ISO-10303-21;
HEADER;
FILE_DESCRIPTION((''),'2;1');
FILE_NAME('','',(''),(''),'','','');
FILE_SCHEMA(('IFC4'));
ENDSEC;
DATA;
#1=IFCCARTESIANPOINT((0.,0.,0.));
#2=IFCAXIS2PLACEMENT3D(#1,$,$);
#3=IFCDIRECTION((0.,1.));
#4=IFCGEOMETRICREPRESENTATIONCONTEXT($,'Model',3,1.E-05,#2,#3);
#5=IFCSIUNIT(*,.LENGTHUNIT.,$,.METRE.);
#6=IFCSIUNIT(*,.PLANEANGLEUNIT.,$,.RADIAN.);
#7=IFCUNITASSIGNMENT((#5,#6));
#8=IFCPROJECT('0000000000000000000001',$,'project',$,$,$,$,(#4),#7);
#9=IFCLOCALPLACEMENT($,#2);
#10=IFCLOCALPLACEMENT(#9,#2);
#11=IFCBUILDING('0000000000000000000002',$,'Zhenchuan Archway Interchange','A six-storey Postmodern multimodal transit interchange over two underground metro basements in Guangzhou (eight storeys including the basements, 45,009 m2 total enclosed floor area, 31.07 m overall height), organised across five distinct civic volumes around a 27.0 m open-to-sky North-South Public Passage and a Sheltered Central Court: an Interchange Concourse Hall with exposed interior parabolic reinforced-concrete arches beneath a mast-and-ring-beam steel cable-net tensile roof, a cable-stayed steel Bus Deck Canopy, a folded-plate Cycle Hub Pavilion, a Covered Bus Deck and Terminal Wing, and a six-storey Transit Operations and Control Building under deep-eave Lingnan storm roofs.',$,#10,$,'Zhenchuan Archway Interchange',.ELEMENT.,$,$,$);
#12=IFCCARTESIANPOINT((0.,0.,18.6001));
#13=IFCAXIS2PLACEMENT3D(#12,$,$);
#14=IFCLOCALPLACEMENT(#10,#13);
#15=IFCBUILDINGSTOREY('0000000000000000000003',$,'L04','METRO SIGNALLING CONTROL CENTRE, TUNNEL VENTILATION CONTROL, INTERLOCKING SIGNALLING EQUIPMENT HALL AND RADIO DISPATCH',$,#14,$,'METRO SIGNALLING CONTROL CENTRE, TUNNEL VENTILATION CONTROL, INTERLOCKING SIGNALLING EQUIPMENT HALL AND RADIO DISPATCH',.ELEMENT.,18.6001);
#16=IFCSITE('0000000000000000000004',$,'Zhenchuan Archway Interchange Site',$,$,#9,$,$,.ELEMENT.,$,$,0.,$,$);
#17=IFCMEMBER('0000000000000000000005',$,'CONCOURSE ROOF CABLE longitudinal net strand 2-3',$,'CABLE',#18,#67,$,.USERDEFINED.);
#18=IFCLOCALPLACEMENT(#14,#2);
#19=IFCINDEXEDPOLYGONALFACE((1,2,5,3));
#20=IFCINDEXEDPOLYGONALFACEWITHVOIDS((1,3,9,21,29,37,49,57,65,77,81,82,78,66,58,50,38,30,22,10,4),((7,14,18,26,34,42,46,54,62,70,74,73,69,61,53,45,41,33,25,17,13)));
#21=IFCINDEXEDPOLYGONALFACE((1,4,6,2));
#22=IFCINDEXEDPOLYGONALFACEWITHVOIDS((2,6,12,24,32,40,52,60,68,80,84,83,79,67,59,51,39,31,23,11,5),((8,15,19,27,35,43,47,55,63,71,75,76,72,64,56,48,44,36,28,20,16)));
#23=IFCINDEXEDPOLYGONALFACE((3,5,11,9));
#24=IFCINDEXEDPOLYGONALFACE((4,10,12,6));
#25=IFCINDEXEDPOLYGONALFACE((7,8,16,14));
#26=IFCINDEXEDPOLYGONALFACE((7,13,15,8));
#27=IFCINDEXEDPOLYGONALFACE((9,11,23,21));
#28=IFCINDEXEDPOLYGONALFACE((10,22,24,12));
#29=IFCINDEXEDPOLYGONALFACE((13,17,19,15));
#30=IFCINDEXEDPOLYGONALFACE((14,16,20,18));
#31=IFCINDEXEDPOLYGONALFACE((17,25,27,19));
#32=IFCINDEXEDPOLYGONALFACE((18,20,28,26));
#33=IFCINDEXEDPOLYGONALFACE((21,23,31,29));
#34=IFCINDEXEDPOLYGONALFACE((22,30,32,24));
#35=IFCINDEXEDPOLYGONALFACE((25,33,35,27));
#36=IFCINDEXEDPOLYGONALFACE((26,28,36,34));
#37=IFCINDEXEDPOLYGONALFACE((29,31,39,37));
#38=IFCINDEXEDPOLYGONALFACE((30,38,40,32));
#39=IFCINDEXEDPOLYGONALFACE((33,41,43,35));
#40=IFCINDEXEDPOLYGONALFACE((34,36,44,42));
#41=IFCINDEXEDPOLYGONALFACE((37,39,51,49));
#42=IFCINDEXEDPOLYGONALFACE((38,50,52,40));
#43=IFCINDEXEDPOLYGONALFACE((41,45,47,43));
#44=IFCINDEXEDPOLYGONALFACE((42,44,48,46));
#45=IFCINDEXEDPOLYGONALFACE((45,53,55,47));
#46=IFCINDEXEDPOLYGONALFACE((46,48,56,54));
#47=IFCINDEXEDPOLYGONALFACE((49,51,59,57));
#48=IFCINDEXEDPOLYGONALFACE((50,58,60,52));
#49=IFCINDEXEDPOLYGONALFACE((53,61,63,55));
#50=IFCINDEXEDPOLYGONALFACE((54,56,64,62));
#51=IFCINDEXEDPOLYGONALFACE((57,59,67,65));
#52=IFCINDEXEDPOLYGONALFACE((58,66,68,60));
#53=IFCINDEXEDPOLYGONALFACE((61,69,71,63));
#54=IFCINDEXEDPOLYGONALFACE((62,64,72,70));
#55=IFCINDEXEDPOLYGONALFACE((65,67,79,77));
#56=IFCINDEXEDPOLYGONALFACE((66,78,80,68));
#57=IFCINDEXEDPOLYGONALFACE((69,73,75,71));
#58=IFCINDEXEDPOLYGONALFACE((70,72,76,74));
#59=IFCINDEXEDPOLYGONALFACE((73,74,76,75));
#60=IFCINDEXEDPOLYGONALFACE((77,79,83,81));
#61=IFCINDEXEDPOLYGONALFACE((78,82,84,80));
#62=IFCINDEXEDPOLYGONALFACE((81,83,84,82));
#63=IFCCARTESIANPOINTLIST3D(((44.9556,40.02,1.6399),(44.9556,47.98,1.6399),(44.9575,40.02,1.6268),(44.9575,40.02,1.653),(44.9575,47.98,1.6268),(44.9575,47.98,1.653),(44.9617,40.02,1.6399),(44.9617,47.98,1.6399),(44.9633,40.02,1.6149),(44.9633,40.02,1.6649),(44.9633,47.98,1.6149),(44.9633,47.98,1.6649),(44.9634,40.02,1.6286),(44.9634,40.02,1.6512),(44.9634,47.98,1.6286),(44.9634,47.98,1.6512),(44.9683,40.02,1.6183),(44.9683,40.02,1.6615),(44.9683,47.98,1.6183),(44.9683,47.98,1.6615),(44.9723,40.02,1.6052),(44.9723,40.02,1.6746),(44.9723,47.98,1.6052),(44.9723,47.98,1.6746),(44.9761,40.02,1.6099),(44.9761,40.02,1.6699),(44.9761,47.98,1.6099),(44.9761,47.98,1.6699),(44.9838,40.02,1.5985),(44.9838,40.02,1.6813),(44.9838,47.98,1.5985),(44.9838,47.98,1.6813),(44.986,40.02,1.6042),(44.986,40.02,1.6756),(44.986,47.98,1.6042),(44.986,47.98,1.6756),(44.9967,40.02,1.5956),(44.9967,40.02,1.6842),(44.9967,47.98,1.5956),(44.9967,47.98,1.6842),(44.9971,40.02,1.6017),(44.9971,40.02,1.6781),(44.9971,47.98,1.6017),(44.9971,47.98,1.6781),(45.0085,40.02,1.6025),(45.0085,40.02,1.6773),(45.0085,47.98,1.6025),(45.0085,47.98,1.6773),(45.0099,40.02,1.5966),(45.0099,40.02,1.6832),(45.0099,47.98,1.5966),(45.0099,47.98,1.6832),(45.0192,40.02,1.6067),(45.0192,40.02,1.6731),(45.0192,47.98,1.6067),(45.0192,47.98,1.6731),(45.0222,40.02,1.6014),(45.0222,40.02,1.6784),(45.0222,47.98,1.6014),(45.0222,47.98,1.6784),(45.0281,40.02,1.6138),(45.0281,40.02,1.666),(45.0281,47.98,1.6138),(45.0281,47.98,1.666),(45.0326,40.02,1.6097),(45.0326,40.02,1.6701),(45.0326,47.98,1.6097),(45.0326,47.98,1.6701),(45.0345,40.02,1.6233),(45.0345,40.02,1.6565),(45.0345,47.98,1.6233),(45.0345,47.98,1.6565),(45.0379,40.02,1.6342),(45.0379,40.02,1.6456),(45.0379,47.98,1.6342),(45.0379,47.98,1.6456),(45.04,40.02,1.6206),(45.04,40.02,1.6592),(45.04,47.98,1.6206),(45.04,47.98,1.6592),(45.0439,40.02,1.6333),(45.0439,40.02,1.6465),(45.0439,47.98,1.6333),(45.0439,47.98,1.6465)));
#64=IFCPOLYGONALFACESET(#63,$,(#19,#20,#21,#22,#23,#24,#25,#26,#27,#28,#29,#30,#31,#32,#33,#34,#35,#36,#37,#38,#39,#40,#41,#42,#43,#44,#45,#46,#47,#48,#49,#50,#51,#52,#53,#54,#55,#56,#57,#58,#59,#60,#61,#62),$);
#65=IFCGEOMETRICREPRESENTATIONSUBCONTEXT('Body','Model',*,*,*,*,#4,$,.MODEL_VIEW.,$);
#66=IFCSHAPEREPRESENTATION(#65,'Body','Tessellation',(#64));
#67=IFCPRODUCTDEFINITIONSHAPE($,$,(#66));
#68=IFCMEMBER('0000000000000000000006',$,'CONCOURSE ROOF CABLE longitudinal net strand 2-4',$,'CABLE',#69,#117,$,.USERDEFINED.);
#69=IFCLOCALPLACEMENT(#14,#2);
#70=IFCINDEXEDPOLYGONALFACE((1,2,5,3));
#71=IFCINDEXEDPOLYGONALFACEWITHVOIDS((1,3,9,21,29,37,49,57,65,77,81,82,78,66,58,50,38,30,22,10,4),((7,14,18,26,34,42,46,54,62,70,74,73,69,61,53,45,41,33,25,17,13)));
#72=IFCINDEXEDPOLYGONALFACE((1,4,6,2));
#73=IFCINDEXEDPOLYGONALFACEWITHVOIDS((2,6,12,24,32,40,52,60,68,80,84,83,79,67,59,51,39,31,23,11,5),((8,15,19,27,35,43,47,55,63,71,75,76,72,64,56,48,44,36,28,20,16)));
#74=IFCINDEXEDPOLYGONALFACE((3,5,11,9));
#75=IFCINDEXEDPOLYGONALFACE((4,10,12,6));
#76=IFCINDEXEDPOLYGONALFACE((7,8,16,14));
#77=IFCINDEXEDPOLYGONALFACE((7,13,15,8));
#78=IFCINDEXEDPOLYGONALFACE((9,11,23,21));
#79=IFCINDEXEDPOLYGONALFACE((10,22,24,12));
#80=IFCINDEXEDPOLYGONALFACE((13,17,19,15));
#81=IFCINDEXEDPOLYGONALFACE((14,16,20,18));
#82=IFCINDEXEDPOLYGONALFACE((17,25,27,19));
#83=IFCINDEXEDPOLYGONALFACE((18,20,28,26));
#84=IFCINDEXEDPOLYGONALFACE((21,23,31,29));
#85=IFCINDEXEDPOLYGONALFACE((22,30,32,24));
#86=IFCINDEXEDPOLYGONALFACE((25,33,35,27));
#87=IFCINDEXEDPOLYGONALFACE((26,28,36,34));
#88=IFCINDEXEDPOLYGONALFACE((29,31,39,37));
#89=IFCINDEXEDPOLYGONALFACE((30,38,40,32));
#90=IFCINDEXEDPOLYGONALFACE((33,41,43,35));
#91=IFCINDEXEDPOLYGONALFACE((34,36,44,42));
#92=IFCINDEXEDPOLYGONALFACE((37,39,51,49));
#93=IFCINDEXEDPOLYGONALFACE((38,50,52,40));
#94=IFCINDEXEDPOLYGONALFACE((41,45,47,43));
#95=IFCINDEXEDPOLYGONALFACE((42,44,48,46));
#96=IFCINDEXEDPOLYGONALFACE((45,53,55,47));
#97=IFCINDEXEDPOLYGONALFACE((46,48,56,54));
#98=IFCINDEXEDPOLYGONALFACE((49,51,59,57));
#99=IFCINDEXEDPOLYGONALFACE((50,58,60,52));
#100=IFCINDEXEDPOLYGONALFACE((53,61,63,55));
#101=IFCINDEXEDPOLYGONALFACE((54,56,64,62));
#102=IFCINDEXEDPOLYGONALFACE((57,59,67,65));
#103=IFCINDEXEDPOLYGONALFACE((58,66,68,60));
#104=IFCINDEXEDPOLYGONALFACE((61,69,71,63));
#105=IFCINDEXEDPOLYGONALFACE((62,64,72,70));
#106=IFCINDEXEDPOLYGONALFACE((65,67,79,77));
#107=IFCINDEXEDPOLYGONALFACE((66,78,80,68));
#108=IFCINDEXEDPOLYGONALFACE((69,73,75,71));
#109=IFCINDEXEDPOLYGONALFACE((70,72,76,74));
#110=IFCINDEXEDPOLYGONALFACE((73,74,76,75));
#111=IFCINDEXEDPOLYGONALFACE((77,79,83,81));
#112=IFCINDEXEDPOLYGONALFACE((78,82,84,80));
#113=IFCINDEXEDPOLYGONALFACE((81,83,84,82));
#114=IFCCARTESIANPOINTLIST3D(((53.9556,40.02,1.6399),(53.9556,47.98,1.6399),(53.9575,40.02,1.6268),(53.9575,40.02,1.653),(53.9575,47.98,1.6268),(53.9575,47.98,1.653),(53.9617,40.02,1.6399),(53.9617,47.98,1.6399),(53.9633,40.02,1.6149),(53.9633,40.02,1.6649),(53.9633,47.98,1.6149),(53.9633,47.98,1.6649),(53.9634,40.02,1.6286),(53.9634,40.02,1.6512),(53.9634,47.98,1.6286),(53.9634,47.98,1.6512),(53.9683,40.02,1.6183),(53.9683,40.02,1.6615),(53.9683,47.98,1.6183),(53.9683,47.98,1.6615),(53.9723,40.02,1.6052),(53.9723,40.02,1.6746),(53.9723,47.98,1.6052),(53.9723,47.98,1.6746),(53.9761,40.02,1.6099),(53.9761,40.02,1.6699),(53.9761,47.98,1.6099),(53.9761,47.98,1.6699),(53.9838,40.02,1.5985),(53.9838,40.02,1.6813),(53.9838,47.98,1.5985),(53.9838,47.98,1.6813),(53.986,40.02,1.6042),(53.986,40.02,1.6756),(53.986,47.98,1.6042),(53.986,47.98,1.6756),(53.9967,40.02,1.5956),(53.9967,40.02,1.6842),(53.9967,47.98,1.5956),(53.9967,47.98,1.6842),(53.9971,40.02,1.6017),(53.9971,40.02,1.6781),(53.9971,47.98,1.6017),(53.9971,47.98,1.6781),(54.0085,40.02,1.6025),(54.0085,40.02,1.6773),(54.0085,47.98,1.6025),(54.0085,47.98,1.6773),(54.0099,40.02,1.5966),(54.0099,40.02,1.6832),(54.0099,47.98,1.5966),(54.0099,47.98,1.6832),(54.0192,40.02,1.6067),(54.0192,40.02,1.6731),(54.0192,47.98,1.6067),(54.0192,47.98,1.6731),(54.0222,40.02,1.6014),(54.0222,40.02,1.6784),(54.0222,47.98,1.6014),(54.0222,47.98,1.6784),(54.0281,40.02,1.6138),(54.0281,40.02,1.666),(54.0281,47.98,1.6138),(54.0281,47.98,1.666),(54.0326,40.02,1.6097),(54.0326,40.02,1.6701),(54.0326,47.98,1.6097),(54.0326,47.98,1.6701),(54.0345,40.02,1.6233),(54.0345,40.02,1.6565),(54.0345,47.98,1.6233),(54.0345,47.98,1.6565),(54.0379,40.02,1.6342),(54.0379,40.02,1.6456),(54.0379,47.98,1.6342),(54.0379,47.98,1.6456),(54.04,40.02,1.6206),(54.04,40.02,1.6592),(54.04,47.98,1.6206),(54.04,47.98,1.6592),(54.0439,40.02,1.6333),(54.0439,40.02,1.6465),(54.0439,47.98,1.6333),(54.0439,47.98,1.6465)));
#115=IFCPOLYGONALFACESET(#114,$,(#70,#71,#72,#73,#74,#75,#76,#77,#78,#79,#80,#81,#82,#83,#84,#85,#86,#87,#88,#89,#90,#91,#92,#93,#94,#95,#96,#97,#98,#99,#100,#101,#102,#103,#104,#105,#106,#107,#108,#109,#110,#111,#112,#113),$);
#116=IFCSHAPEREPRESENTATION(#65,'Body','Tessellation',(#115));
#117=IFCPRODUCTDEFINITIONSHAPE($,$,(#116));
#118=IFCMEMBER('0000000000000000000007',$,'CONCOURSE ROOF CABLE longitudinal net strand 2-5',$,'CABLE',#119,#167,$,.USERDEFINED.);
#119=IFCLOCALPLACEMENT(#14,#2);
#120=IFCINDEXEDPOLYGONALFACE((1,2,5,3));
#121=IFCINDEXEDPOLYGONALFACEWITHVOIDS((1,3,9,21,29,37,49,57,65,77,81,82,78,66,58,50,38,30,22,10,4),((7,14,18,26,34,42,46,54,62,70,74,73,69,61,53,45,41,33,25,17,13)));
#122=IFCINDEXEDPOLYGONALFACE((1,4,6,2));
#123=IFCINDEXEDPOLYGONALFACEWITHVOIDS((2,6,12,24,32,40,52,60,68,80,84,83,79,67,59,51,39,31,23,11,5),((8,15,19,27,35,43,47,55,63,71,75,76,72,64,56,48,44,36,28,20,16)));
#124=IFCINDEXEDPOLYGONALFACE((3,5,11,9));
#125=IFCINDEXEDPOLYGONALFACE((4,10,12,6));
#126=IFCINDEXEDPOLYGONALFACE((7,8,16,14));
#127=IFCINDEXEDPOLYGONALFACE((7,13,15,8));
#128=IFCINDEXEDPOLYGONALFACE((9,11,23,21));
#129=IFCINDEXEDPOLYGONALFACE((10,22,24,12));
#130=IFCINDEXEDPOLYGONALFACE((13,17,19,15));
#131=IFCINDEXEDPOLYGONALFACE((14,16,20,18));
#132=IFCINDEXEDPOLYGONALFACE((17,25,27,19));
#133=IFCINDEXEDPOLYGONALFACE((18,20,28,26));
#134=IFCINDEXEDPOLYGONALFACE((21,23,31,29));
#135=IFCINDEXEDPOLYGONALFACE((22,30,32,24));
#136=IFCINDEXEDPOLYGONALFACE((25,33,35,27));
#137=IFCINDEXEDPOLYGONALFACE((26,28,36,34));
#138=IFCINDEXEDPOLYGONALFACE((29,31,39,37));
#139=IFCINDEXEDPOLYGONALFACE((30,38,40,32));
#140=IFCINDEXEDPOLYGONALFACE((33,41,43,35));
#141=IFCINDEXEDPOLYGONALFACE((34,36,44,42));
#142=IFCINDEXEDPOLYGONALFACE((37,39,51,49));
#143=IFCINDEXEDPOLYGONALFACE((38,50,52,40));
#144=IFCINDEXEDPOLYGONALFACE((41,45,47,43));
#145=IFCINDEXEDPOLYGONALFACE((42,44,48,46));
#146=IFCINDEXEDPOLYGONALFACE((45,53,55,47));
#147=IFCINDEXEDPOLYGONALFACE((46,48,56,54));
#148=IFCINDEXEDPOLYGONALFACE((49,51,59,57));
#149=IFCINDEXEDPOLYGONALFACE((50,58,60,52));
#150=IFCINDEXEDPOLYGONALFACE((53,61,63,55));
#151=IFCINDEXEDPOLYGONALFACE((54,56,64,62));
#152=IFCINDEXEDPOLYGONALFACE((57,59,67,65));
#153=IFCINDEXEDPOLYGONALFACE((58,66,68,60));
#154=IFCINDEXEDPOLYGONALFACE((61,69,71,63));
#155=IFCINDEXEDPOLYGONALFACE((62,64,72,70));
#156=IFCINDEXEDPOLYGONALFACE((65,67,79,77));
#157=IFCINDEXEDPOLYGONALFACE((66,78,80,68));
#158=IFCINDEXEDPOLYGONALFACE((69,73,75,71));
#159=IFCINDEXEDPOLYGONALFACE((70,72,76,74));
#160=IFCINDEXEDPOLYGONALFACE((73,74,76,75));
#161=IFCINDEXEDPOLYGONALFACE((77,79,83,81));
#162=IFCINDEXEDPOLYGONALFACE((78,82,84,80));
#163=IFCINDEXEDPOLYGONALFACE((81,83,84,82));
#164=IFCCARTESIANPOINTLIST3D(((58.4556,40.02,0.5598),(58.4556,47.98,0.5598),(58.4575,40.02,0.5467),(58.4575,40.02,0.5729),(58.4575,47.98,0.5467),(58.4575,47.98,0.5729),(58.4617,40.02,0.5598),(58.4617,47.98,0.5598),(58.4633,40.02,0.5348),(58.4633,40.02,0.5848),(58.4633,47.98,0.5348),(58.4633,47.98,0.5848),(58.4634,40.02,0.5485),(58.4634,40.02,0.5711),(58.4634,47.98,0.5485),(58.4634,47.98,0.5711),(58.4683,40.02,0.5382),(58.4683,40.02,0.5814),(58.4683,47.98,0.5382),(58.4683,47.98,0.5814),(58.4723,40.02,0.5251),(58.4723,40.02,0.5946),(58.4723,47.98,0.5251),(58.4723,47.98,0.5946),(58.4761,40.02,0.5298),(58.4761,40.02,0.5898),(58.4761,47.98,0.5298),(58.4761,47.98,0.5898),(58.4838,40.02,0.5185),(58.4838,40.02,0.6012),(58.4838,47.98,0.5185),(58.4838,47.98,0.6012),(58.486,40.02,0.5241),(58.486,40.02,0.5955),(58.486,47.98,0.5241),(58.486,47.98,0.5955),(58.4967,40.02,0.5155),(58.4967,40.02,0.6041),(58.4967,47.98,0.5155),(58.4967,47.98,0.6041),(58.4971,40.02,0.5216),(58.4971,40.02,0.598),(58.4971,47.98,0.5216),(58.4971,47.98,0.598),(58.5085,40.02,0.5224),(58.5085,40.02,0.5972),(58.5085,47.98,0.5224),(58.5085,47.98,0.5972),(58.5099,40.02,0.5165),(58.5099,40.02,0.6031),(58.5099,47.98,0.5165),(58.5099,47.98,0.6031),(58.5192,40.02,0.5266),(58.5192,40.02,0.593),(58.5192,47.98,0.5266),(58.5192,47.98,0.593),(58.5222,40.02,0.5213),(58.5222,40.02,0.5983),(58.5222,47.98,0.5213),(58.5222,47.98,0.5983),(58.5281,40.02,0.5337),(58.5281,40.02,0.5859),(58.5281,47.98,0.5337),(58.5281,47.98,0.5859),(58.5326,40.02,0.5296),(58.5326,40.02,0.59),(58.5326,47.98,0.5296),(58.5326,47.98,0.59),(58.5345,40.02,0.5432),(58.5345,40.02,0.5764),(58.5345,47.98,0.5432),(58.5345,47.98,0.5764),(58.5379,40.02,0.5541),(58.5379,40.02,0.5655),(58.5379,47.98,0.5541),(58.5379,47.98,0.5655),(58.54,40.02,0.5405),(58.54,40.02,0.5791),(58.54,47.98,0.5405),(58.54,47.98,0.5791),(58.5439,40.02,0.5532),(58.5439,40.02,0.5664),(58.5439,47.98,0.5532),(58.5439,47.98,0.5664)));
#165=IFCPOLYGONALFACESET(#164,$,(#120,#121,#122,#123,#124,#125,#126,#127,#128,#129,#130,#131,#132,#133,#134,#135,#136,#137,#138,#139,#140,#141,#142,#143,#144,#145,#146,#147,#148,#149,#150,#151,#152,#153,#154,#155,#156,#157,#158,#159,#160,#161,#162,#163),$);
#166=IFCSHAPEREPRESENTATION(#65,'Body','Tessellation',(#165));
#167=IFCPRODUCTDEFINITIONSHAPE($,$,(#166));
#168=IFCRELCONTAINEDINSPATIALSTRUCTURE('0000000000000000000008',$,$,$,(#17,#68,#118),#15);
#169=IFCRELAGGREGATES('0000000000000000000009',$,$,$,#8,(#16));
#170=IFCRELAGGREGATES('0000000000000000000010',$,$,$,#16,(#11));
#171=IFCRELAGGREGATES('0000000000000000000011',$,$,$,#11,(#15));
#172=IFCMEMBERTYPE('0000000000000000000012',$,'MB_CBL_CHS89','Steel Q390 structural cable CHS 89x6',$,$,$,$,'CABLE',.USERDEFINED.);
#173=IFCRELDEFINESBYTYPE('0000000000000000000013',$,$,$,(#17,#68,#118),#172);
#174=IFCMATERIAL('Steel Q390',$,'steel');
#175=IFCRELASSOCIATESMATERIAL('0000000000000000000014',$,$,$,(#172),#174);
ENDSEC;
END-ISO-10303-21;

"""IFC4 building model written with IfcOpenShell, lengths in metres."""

from ifc_helpers import new_model, si_unit, direction, frame, origin, origin_2d, place, context, subcontext, project, spatial, hollow_circle, extrude, material, material_profile, profile_set, type_object, element, save


model = new_model("IFC4")

# Units and contexts
model_context = context("Model", 3, precision=1e-05, world=origin(), true_north=direction((0.0, 1.0)))
body_context = subcontext(model_context, "Body", "Model", "MODEL_VIEW")
ifc_project = project(units=[si_unit("LENGTHUNIT", "METRE"), si_unit("PLANEANGLEUNIT", "RADIAN")], contexts=[model_context])

# Site, building, storey
site_placement = place(None, origin())
site = spatial("IfcSite", under=ifc_project, at=site_placement, Name="Zhenchuan Archway Interchange Site", CompositionType="ELEMENT", RefElevation=0.0)
building_placement = place(site_placement, origin())
building = spatial("IfcBuilding", under=site, at=building_placement, Name="Zhenchuan Archway Interchange", Description="A six-storey Postmodern multimodal transit interchange over two underground metro basements in Guangzhou (eight storeys including the basements, 45,009 m2 total enclosed floor area, 31.07 m overall height), organised across five distinct civic volumes around a 27.0 m open-to-sky North-South Public Passage and a Sheltered Central Court: an Interchange Concourse Hall with exposed interior parabolic reinforced-concrete arches beneath a mast-and-ring-beam steel cable-net tensile roof, a cable-stayed steel Bus Deck Canopy, a folded-plate Cycle Hub Pavilion, a Covered Bus Deck and Terminal Wing, and a six-storey Transit Operations and Control Building under deep-eave Lingnan storm roofs.", LongName="Zhenchuan Archway Interchange", CompositionType="ELEMENT")
storey_placement = place(building_placement, frame((0.0, 0.0, 18.6001)))
storey = spatial("IfcBuildingStorey", under=building, at=storey_placement, Name="L04", Description="METRO SIGNALLING CONTROL CENTRE, TUNNEL VENTILATION CONTROL, INTERLOCKING SIGNALLING EQUIPMENT HALL AND RADIO DISPATCH", LongName="METRO SIGNALLING CONTROL CENTRE, TUNNEL VENTILATION CONTROL, INTERLOCKING SIGNALLING EQUIPMENT HALL AND RADIO DISPATCH", CompositionType="ELEMENT", Elevation=18.6001)

# Shared definitions
ifc_material_1 = material(Name="Steel Q390", Category="steel")

# Members
ifc_material_profile_1 = material_profile(ifc_material_1, hollow_circle(Radius=0.0444, WallThickness=0.0061, at=origin_2d()), Name="CHS 89x6")
ifc_profile_set_1 = profile_set([ifc_material_profile_1], Name="Steel Q390")
member_type_1 = type_object("IfcMemberType", Name="MB_CBL_CHS89", Description="Steel Q390 structural cable CHS 89x6", ElementType="CABLE", PredefinedType="USERDEFINED", material=ifc_profile_set_1)
for number, where, z_axis, x_axis, name in (
    (1, (45.0, 40.02, 1.6399), (0.0, 1.0, 0.0), (-1.0, 0.0, 0.0), "CONCOURSE ROOF CABLE longitudinal net strand 2-3"),
    (2, (54.0, 40.02, 1.6399), (0.0, 1.0, 0.0), (-1.0, 0.0, 0.0), "CONCOURSE ROOF CABLE longitudinal net strand 2-4"),
    (3, (58.5, 40.02, 0.5598), (0.0, 1.0, 0.0), (-1.0, 0.0, 0.0), "CONCOURSE ROOF CABLE longitudinal net strand 2-5"),
):
    element("IfcMember", number, at=place(storey_placement, frame(where, z_axis=z_axis, x_axis=x_axis)), inside=storey, type_object=member_type_1, Name=name, ObjectType="CABLE", PredefinedType="USERDEFINED", context=body_context, shape_type="SweptSolid", body=[
        extrude(hollow_circle(Radius=0.0444, WallThickness=0.0061, at=origin_2d()), origin(), (0.0, 0.0, 1.0), 7.96),
    ])

save(model, "model.ifc")
